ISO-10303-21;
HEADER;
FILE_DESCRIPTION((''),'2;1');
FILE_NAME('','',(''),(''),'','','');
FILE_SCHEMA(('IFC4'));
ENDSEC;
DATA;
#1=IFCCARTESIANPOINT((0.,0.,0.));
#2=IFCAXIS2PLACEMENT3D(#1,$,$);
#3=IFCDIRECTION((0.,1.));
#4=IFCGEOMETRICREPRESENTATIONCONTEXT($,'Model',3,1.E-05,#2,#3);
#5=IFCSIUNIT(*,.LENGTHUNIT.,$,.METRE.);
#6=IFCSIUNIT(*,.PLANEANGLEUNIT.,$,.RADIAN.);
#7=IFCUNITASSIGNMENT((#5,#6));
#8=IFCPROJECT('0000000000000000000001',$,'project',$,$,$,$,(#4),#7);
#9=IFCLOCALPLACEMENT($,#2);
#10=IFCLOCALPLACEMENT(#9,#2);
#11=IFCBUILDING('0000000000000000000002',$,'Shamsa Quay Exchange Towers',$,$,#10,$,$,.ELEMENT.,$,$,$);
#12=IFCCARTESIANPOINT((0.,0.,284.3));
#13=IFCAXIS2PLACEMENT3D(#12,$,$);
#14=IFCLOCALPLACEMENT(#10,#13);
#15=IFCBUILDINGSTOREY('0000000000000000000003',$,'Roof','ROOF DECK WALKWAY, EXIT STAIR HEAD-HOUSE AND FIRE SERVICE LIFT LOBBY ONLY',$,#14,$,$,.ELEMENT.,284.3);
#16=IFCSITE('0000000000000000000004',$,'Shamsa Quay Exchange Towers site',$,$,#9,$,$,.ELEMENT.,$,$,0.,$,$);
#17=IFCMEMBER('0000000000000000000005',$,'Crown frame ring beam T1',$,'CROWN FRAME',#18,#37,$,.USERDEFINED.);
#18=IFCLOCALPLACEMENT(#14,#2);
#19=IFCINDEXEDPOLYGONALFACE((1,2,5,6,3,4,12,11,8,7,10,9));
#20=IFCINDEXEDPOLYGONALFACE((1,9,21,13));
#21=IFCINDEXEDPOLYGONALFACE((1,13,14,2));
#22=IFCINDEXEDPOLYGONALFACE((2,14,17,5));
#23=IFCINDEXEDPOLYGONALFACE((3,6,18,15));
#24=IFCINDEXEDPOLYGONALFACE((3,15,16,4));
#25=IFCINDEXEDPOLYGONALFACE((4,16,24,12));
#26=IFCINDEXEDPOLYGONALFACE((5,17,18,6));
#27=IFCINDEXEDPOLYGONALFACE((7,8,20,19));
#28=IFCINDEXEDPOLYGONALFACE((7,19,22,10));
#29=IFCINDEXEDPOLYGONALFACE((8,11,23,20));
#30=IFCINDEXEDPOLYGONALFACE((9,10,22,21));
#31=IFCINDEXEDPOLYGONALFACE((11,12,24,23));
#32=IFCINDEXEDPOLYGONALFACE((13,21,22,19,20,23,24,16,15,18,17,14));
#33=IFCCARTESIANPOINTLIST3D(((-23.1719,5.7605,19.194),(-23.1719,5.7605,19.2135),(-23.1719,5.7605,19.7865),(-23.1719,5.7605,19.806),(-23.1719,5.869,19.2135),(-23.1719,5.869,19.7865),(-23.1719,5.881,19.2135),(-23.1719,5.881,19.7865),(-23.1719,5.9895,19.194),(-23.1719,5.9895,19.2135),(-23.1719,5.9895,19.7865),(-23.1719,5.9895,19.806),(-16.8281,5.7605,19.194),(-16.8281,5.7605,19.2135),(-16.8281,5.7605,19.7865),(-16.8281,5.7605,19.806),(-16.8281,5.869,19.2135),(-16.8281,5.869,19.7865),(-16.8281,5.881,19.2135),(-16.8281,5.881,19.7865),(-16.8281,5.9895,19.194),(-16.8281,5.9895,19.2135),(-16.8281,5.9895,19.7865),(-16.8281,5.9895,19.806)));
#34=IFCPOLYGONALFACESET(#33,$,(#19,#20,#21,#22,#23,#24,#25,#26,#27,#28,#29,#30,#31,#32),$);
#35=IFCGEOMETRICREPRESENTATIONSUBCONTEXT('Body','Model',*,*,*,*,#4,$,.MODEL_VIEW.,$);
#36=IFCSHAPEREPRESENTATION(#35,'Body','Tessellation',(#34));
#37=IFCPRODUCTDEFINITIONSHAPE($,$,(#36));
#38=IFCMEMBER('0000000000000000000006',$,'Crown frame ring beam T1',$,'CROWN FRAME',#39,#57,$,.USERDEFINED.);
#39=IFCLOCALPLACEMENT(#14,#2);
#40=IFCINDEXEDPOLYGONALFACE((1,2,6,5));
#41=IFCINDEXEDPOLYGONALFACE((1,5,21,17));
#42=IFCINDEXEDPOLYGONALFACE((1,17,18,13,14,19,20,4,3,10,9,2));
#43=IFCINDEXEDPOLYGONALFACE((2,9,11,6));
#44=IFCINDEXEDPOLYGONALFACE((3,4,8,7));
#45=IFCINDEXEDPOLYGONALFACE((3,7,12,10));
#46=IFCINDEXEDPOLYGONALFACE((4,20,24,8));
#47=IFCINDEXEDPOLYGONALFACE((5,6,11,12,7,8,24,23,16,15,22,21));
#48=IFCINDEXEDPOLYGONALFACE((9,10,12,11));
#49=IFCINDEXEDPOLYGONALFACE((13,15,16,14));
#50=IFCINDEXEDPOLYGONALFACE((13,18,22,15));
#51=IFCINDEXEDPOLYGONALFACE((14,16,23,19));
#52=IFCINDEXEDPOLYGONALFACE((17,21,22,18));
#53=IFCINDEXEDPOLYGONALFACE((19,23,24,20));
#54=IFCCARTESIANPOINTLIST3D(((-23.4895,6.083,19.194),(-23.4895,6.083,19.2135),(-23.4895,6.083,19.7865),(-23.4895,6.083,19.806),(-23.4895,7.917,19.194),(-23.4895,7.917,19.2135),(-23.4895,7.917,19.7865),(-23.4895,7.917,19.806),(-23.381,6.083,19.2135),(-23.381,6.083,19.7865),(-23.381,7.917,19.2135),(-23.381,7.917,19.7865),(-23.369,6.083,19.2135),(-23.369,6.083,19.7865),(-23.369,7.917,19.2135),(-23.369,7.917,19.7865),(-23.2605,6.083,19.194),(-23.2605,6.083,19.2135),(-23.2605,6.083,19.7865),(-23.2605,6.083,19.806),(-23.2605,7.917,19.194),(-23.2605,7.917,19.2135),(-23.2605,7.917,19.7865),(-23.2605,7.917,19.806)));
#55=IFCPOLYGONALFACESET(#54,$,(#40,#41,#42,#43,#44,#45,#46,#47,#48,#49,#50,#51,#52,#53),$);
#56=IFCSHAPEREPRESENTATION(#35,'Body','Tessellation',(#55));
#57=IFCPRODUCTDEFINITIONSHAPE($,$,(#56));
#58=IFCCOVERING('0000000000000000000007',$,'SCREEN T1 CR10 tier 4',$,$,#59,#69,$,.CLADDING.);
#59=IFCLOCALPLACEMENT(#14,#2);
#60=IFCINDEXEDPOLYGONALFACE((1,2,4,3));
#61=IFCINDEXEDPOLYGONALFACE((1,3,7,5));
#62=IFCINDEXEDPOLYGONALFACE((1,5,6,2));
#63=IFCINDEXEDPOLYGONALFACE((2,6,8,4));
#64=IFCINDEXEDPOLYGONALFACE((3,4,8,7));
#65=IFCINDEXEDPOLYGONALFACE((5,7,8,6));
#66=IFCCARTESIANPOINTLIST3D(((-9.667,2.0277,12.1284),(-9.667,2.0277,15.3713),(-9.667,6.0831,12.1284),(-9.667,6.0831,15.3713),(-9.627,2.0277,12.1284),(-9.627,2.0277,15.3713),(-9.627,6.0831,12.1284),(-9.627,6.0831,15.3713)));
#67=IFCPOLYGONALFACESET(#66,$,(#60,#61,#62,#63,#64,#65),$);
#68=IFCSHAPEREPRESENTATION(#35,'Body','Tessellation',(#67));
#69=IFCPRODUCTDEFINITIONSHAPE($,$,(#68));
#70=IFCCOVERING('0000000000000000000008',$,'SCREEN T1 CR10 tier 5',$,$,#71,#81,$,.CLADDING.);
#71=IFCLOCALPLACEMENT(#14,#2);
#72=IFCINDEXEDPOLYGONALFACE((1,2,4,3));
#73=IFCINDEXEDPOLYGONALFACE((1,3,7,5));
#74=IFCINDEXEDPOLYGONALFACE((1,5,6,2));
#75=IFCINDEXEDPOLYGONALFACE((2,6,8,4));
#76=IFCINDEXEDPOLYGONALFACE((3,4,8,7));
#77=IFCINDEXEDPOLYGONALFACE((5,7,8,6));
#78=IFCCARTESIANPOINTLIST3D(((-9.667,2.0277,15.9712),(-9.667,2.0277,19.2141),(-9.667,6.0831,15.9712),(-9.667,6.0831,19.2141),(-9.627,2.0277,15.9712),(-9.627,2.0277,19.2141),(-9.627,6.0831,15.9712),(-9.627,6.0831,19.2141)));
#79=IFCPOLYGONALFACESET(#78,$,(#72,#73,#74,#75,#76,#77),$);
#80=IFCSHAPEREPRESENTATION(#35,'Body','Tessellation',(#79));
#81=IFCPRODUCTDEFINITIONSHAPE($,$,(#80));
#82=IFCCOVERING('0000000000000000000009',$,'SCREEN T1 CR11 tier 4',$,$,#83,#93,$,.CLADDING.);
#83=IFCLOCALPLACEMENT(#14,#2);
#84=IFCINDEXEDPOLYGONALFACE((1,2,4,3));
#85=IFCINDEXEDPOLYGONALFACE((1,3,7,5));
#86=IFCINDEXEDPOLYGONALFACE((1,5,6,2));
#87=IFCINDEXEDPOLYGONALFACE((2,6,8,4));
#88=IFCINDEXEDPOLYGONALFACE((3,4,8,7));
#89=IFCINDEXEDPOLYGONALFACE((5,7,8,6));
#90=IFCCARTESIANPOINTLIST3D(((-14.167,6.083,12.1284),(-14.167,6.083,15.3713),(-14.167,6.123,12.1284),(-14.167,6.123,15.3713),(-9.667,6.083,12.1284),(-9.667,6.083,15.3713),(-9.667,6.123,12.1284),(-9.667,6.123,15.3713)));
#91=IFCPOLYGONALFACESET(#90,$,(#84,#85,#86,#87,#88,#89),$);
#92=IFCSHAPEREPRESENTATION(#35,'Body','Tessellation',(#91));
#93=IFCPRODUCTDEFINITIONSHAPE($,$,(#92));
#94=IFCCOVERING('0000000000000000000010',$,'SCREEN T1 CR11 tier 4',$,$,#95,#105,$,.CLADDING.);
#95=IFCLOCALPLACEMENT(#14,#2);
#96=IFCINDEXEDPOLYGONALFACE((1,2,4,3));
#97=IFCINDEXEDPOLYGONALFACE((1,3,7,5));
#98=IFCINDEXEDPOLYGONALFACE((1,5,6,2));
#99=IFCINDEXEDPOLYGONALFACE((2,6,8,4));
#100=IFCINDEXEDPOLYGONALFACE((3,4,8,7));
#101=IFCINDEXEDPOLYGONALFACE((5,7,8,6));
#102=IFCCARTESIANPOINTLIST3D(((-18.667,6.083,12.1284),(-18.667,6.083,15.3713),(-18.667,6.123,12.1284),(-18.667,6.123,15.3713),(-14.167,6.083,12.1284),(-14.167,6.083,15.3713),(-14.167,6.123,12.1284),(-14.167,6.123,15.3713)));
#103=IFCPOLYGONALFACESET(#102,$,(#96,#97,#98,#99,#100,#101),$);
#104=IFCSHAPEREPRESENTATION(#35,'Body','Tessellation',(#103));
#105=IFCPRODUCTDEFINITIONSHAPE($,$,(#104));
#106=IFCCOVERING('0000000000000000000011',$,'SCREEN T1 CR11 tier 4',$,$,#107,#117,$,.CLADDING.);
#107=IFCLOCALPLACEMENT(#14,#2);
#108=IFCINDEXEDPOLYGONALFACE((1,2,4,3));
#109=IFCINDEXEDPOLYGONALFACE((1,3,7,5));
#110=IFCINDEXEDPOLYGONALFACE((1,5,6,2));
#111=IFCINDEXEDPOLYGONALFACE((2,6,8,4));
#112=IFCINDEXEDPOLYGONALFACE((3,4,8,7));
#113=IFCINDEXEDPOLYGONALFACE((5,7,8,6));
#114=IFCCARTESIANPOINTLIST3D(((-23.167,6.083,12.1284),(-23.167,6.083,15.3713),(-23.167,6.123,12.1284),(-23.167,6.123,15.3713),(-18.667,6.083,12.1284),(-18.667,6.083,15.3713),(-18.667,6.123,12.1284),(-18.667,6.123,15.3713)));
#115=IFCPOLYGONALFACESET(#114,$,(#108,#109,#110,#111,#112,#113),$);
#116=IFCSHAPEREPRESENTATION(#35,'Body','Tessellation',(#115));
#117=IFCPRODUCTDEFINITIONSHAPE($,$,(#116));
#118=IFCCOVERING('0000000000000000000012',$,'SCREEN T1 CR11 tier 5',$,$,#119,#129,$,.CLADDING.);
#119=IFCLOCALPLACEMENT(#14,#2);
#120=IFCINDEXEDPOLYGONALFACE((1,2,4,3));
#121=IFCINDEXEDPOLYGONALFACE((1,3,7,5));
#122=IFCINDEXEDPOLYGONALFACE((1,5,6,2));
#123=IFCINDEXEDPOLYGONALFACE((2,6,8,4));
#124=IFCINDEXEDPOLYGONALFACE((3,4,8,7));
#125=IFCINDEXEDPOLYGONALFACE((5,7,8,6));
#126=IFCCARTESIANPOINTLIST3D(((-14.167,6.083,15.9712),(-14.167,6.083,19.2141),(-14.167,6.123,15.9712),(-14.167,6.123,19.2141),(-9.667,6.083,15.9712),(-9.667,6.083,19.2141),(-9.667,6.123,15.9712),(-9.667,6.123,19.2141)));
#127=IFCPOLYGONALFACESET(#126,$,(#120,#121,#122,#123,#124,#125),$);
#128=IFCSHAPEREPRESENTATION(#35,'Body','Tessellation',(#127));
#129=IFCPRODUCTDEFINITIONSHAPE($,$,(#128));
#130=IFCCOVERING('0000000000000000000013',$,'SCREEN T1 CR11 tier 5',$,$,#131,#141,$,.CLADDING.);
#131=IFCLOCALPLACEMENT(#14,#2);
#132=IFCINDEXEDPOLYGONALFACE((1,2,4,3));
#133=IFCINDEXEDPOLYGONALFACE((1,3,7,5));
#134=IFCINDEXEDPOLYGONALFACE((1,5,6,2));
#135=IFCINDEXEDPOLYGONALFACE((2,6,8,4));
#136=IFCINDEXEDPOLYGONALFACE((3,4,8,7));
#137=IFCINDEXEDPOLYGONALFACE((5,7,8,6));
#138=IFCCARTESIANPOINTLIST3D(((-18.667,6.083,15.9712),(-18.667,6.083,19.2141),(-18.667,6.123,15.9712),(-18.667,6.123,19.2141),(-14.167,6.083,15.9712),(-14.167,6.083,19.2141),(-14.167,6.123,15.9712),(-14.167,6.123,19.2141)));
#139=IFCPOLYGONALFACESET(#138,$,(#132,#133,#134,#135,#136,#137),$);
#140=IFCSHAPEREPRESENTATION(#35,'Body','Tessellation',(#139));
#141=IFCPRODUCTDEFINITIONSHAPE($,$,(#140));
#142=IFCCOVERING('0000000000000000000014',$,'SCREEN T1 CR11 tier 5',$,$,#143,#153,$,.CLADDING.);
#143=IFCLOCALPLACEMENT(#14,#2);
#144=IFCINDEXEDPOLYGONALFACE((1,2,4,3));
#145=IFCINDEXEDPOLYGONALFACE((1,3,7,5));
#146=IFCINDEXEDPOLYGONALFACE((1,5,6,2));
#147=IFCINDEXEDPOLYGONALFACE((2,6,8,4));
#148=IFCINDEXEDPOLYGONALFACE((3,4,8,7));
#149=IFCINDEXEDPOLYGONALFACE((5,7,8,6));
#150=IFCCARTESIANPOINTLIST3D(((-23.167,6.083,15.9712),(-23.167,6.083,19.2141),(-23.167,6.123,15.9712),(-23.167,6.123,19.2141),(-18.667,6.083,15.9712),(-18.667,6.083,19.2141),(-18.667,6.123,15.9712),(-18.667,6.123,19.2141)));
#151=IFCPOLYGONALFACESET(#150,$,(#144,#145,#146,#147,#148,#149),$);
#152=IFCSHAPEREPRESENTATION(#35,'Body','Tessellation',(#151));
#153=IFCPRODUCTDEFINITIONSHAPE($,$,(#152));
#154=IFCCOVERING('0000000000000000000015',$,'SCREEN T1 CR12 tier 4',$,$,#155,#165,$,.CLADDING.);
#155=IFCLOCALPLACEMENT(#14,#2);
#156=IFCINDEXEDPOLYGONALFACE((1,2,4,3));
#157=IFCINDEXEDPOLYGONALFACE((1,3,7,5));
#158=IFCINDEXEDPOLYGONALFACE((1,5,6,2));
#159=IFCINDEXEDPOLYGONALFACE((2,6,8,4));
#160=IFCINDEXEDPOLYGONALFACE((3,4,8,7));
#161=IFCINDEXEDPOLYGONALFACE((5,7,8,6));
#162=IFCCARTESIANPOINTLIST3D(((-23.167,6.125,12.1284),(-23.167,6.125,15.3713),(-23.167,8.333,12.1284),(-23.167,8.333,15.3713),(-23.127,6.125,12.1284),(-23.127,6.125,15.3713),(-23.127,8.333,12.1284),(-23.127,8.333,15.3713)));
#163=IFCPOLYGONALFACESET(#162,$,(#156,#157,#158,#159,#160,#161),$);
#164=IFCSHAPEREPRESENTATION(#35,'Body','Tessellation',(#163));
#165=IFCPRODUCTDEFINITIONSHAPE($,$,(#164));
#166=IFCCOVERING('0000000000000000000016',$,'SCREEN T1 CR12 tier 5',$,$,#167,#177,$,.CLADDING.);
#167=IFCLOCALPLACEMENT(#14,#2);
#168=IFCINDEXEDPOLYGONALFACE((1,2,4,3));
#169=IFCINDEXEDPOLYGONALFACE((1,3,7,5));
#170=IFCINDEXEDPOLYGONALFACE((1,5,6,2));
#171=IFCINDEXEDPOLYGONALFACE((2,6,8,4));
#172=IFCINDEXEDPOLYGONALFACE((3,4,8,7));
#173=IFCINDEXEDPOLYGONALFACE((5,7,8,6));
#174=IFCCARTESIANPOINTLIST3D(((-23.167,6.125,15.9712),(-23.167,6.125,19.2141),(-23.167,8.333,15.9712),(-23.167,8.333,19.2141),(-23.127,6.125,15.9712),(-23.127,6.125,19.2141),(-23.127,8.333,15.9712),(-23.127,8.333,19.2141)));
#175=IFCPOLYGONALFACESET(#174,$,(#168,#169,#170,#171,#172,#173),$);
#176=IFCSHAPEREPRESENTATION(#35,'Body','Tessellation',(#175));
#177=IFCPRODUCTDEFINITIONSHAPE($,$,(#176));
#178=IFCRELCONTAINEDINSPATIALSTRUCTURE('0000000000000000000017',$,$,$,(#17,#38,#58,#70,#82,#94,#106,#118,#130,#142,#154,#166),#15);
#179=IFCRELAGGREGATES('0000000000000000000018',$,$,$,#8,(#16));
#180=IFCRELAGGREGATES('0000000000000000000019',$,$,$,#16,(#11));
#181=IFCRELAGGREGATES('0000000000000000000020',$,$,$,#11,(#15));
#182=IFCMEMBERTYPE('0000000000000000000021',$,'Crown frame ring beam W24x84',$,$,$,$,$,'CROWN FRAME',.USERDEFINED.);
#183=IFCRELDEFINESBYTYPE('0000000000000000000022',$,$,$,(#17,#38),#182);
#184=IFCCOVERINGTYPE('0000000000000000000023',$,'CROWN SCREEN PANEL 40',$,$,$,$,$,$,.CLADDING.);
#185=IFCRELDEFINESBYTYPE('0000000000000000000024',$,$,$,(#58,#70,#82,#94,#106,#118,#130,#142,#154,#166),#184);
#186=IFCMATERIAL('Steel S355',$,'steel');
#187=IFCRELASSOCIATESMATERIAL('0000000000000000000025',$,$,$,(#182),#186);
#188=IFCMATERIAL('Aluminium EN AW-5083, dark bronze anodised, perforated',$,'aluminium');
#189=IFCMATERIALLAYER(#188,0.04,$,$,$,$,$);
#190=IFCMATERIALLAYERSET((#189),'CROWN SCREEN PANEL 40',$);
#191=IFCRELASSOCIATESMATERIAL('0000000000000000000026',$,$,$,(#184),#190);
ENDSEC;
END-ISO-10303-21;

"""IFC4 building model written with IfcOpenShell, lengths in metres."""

from ifc_helpers import new_model, si_unit, direction, frame, origin, origin_2d, place, context, subcontext, project, spatial, rectangle, i_section, extrude, material, layer, layer_set, material_profile, profile_set, type_object, element, save


model = new_model("IFC4")

# Units and contexts
model_context = context("Model", 3, precision=1e-05, world=origin(), true_north=direction((0.0, 1.0)))
body_context = subcontext(model_context, "Body", "Model", "MODEL_VIEW")
ifc_project = project(units=[si_unit("LENGTHUNIT", "METRE"), si_unit("PLANEANGLEUNIT", "RADIAN")], contexts=[model_context])

# Site, building, storey
site_placement = place(None, origin())
site = spatial("IfcSite", under=ifc_project, at=site_placement, Name="Shamsa Quay Exchange Towers site", CompositionType="ELEMENT", RefElevation=0.0)
building_placement = place(site_placement, origin())
building = spatial("IfcBuilding", under=site, at=building_placement, Name="Shamsa Quay Exchange Towers", CompositionType="ELEMENT")
storey_placement = place(building_placement, frame((0.0, 0.0, 284.3)))
storey = spatial("IfcBuildingStorey", under=building, at=storey_placement, Name="Roof", Description="ROOF DECK WALKWAY, EXIT STAIR HEAD-HOUSE AND FIRE SERVICE LIFT LOBBY ONLY", CompositionType="ELEMENT", Elevation=284.3)

# Members
ifc_material_1 = material(Name="Steel S355", Category="steel")
ifc_material_profile_1 = material_profile(ifc_material_1, i_section(OverallWidth=0.229, OverallDepth=0.6121, WebThickness=0.012, FlangeThickness=0.0195, at=origin_2d()), Name="W24x84")
ifc_profile_set_1 = profile_set([ifc_material_profile_1], Name="Steel S355")
member_type_1 = type_object("IfcMemberType", Name="Crown frame ring beam W24x84", ElementType="CROWN FRAME", PredefinedType="USERDEFINED", material=ifc_profile_set_1)
for number, where, z_axis, x_axis, name in (
    (1, (-16.8281, 5.875, 19.5), (-1.0, 0.0, 0.0), (0.0, -1.0, 0.0), "Crown frame ring beam T1"),
):
    element("IfcMember", number, at=place(storey_placement, frame(where, z_axis=z_axis, x_axis=x_axis)), inside=storey, type_object=member_type_1, Name=name, ObjectType="CROWN FRAME", PredefinedType="USERDEFINED", context=body_context, shape_type="SweptSolid", body=[
        extrude(i_section(OverallWidth=0.229, OverallDepth=0.6121, WebThickness=0.012, FlangeThickness=0.0195, at=origin_2d()), origin(), (0.0, 0.0, 1.0), 6.3438),
    ])
member_1_placement = place(storey_placement, frame((-23.375, 6.083, 19.5), z_axis=(0.0, 1.0, 0.0), x_axis=(-1.0, 0.0, 0.0)))
element("IfcMember", 2, at=member_1_placement, inside=storey, type_object=member_type_1, Name="Crown frame ring beam T1", ObjectType="CROWN FRAME", PredefinedType="USERDEFINED", context=body_context, shape_type="SweptSolid", body=[
    extrude(i_section(OverallWidth=0.229, OverallDepth=0.6121, WebThickness=0.012, FlangeThickness=0.0195, at=origin_2d()), origin(), (0.0, 0.0, 1.0), 1.834),
])

# Coverings
ifc_material_2 = material(Name="Aluminium EN AW-5083, dark bronze anodised, perforated", Category="aluminium")
ifc_layer = layer(ifc_material_2, 0.04)
ifc_layer_set = layer_set([ifc_layer], Name="CROWN SCREEN PANEL 40")
covering_type = type_object("IfcCoveringType", Name="CROWN SCREEN PANEL 40", PredefinedType="CLADDING", material=ifc_layer_set)
for number, where, z_axis, x_axis, name in (
    (3, (-9.647, 4.0554, 12.1284), (0.0, 0.0, 1.0), (0.0, 1.0, 0.0), "SCREEN T1 CR10 tier 4"),
    (4, (-9.647, 4.0554, 15.9712), (0.0, 0.0, 1.0), (0.0, 1.0, 0.0), "SCREEN T1 CR10 tier 5"),
):
    element("IfcCovering", number, at=place(storey_placement, frame(where, z_axis=z_axis, x_axis=x_axis)), inside=storey, type_object=covering_type, Name=name, PredefinedType="CLADDING", context=body_context, shape_type="SweptSolid", body=[
        extrude(rectangle(XDim=4.0554, YDim=0.04, at=origin_2d()), origin(), (0.0, 0.0, 1.0), 3.2429),
    ])
for number, where, z_axis, x_axis, name in (
    (5, (-11.917, 6.103, 12.1284), (0.0, 0.0, 1.0), (-1.0, 0.0, 0.0), "SCREEN T1 CR11 tier 4"),
    (6, (-16.417, 6.103, 12.1284), (0.0, 0.0, 1.0), (-1.0, 0.0, 0.0), "SCREEN T1 CR11 tier 4"),
    (7, (-20.917, 6.103, 12.1284), (0.0, 0.0, 1.0), (-1.0, 0.0, 0.0), "SCREEN T1 CR11 tier 4"),
    (8, (-11.917, 6.103, 15.9712), (0.0, 0.0, 1.0), (-1.0, 0.0, 0.0), "SCREEN T1 CR11 tier 5"),
    (9, (-16.417, 6.103, 15.9712), (0.0, 0.0, 1.0), (-1.0, 0.0, 0.0), "SCREEN T1 CR11 tier 5"),
    (10, (-20.917, 6.103, 15.9712), (0.0, 0.0, 1.0), (-1.0, 0.0, 0.0), "SCREEN T1 CR11 tier 5"),
):
    element("IfcCovering", number, at=place(storey_placement, frame(where, z_axis=z_axis, x_axis=x_axis)), inside=storey, type_object=covering_type, Name=name, PredefinedType="CLADDING", context=body_context, shape_type="SweptSolid", body=[
        extrude(rectangle(XDim=4.5, YDim=0.04, at=origin_2d()), origin(), (0.0, 0.0, 1.0), 3.2429),
    ])
for number, where, z_axis, x_axis, name in (
    (11, (-23.147, 7.229, 12.1284), (0.0, 0.0, 1.0), (0.0, 1.0, 0.0), "SCREEN T1 CR12 tier 4"),
    (12, (-23.147, 7.229, 15.9712), (0.0, 0.0, 1.0), (0.0, 1.0, 0.0), "SCREEN T1 CR12 tier 5"),
):
    element("IfcCovering", number, at=place(storey_placement, frame(where, z_axis=z_axis, x_axis=x_axis)), inside=storey, type_object=covering_type, Name=name, PredefinedType="CLADDING", context=body_context, shape_type="SweptSolid", body=[
        extrude(rectangle(XDim=2.208, YDim=0.04, at=origin_2d()), origin(), (0.0, 0.0, 1.0), 3.2429),
    ])

save(model, "model.ifc")
